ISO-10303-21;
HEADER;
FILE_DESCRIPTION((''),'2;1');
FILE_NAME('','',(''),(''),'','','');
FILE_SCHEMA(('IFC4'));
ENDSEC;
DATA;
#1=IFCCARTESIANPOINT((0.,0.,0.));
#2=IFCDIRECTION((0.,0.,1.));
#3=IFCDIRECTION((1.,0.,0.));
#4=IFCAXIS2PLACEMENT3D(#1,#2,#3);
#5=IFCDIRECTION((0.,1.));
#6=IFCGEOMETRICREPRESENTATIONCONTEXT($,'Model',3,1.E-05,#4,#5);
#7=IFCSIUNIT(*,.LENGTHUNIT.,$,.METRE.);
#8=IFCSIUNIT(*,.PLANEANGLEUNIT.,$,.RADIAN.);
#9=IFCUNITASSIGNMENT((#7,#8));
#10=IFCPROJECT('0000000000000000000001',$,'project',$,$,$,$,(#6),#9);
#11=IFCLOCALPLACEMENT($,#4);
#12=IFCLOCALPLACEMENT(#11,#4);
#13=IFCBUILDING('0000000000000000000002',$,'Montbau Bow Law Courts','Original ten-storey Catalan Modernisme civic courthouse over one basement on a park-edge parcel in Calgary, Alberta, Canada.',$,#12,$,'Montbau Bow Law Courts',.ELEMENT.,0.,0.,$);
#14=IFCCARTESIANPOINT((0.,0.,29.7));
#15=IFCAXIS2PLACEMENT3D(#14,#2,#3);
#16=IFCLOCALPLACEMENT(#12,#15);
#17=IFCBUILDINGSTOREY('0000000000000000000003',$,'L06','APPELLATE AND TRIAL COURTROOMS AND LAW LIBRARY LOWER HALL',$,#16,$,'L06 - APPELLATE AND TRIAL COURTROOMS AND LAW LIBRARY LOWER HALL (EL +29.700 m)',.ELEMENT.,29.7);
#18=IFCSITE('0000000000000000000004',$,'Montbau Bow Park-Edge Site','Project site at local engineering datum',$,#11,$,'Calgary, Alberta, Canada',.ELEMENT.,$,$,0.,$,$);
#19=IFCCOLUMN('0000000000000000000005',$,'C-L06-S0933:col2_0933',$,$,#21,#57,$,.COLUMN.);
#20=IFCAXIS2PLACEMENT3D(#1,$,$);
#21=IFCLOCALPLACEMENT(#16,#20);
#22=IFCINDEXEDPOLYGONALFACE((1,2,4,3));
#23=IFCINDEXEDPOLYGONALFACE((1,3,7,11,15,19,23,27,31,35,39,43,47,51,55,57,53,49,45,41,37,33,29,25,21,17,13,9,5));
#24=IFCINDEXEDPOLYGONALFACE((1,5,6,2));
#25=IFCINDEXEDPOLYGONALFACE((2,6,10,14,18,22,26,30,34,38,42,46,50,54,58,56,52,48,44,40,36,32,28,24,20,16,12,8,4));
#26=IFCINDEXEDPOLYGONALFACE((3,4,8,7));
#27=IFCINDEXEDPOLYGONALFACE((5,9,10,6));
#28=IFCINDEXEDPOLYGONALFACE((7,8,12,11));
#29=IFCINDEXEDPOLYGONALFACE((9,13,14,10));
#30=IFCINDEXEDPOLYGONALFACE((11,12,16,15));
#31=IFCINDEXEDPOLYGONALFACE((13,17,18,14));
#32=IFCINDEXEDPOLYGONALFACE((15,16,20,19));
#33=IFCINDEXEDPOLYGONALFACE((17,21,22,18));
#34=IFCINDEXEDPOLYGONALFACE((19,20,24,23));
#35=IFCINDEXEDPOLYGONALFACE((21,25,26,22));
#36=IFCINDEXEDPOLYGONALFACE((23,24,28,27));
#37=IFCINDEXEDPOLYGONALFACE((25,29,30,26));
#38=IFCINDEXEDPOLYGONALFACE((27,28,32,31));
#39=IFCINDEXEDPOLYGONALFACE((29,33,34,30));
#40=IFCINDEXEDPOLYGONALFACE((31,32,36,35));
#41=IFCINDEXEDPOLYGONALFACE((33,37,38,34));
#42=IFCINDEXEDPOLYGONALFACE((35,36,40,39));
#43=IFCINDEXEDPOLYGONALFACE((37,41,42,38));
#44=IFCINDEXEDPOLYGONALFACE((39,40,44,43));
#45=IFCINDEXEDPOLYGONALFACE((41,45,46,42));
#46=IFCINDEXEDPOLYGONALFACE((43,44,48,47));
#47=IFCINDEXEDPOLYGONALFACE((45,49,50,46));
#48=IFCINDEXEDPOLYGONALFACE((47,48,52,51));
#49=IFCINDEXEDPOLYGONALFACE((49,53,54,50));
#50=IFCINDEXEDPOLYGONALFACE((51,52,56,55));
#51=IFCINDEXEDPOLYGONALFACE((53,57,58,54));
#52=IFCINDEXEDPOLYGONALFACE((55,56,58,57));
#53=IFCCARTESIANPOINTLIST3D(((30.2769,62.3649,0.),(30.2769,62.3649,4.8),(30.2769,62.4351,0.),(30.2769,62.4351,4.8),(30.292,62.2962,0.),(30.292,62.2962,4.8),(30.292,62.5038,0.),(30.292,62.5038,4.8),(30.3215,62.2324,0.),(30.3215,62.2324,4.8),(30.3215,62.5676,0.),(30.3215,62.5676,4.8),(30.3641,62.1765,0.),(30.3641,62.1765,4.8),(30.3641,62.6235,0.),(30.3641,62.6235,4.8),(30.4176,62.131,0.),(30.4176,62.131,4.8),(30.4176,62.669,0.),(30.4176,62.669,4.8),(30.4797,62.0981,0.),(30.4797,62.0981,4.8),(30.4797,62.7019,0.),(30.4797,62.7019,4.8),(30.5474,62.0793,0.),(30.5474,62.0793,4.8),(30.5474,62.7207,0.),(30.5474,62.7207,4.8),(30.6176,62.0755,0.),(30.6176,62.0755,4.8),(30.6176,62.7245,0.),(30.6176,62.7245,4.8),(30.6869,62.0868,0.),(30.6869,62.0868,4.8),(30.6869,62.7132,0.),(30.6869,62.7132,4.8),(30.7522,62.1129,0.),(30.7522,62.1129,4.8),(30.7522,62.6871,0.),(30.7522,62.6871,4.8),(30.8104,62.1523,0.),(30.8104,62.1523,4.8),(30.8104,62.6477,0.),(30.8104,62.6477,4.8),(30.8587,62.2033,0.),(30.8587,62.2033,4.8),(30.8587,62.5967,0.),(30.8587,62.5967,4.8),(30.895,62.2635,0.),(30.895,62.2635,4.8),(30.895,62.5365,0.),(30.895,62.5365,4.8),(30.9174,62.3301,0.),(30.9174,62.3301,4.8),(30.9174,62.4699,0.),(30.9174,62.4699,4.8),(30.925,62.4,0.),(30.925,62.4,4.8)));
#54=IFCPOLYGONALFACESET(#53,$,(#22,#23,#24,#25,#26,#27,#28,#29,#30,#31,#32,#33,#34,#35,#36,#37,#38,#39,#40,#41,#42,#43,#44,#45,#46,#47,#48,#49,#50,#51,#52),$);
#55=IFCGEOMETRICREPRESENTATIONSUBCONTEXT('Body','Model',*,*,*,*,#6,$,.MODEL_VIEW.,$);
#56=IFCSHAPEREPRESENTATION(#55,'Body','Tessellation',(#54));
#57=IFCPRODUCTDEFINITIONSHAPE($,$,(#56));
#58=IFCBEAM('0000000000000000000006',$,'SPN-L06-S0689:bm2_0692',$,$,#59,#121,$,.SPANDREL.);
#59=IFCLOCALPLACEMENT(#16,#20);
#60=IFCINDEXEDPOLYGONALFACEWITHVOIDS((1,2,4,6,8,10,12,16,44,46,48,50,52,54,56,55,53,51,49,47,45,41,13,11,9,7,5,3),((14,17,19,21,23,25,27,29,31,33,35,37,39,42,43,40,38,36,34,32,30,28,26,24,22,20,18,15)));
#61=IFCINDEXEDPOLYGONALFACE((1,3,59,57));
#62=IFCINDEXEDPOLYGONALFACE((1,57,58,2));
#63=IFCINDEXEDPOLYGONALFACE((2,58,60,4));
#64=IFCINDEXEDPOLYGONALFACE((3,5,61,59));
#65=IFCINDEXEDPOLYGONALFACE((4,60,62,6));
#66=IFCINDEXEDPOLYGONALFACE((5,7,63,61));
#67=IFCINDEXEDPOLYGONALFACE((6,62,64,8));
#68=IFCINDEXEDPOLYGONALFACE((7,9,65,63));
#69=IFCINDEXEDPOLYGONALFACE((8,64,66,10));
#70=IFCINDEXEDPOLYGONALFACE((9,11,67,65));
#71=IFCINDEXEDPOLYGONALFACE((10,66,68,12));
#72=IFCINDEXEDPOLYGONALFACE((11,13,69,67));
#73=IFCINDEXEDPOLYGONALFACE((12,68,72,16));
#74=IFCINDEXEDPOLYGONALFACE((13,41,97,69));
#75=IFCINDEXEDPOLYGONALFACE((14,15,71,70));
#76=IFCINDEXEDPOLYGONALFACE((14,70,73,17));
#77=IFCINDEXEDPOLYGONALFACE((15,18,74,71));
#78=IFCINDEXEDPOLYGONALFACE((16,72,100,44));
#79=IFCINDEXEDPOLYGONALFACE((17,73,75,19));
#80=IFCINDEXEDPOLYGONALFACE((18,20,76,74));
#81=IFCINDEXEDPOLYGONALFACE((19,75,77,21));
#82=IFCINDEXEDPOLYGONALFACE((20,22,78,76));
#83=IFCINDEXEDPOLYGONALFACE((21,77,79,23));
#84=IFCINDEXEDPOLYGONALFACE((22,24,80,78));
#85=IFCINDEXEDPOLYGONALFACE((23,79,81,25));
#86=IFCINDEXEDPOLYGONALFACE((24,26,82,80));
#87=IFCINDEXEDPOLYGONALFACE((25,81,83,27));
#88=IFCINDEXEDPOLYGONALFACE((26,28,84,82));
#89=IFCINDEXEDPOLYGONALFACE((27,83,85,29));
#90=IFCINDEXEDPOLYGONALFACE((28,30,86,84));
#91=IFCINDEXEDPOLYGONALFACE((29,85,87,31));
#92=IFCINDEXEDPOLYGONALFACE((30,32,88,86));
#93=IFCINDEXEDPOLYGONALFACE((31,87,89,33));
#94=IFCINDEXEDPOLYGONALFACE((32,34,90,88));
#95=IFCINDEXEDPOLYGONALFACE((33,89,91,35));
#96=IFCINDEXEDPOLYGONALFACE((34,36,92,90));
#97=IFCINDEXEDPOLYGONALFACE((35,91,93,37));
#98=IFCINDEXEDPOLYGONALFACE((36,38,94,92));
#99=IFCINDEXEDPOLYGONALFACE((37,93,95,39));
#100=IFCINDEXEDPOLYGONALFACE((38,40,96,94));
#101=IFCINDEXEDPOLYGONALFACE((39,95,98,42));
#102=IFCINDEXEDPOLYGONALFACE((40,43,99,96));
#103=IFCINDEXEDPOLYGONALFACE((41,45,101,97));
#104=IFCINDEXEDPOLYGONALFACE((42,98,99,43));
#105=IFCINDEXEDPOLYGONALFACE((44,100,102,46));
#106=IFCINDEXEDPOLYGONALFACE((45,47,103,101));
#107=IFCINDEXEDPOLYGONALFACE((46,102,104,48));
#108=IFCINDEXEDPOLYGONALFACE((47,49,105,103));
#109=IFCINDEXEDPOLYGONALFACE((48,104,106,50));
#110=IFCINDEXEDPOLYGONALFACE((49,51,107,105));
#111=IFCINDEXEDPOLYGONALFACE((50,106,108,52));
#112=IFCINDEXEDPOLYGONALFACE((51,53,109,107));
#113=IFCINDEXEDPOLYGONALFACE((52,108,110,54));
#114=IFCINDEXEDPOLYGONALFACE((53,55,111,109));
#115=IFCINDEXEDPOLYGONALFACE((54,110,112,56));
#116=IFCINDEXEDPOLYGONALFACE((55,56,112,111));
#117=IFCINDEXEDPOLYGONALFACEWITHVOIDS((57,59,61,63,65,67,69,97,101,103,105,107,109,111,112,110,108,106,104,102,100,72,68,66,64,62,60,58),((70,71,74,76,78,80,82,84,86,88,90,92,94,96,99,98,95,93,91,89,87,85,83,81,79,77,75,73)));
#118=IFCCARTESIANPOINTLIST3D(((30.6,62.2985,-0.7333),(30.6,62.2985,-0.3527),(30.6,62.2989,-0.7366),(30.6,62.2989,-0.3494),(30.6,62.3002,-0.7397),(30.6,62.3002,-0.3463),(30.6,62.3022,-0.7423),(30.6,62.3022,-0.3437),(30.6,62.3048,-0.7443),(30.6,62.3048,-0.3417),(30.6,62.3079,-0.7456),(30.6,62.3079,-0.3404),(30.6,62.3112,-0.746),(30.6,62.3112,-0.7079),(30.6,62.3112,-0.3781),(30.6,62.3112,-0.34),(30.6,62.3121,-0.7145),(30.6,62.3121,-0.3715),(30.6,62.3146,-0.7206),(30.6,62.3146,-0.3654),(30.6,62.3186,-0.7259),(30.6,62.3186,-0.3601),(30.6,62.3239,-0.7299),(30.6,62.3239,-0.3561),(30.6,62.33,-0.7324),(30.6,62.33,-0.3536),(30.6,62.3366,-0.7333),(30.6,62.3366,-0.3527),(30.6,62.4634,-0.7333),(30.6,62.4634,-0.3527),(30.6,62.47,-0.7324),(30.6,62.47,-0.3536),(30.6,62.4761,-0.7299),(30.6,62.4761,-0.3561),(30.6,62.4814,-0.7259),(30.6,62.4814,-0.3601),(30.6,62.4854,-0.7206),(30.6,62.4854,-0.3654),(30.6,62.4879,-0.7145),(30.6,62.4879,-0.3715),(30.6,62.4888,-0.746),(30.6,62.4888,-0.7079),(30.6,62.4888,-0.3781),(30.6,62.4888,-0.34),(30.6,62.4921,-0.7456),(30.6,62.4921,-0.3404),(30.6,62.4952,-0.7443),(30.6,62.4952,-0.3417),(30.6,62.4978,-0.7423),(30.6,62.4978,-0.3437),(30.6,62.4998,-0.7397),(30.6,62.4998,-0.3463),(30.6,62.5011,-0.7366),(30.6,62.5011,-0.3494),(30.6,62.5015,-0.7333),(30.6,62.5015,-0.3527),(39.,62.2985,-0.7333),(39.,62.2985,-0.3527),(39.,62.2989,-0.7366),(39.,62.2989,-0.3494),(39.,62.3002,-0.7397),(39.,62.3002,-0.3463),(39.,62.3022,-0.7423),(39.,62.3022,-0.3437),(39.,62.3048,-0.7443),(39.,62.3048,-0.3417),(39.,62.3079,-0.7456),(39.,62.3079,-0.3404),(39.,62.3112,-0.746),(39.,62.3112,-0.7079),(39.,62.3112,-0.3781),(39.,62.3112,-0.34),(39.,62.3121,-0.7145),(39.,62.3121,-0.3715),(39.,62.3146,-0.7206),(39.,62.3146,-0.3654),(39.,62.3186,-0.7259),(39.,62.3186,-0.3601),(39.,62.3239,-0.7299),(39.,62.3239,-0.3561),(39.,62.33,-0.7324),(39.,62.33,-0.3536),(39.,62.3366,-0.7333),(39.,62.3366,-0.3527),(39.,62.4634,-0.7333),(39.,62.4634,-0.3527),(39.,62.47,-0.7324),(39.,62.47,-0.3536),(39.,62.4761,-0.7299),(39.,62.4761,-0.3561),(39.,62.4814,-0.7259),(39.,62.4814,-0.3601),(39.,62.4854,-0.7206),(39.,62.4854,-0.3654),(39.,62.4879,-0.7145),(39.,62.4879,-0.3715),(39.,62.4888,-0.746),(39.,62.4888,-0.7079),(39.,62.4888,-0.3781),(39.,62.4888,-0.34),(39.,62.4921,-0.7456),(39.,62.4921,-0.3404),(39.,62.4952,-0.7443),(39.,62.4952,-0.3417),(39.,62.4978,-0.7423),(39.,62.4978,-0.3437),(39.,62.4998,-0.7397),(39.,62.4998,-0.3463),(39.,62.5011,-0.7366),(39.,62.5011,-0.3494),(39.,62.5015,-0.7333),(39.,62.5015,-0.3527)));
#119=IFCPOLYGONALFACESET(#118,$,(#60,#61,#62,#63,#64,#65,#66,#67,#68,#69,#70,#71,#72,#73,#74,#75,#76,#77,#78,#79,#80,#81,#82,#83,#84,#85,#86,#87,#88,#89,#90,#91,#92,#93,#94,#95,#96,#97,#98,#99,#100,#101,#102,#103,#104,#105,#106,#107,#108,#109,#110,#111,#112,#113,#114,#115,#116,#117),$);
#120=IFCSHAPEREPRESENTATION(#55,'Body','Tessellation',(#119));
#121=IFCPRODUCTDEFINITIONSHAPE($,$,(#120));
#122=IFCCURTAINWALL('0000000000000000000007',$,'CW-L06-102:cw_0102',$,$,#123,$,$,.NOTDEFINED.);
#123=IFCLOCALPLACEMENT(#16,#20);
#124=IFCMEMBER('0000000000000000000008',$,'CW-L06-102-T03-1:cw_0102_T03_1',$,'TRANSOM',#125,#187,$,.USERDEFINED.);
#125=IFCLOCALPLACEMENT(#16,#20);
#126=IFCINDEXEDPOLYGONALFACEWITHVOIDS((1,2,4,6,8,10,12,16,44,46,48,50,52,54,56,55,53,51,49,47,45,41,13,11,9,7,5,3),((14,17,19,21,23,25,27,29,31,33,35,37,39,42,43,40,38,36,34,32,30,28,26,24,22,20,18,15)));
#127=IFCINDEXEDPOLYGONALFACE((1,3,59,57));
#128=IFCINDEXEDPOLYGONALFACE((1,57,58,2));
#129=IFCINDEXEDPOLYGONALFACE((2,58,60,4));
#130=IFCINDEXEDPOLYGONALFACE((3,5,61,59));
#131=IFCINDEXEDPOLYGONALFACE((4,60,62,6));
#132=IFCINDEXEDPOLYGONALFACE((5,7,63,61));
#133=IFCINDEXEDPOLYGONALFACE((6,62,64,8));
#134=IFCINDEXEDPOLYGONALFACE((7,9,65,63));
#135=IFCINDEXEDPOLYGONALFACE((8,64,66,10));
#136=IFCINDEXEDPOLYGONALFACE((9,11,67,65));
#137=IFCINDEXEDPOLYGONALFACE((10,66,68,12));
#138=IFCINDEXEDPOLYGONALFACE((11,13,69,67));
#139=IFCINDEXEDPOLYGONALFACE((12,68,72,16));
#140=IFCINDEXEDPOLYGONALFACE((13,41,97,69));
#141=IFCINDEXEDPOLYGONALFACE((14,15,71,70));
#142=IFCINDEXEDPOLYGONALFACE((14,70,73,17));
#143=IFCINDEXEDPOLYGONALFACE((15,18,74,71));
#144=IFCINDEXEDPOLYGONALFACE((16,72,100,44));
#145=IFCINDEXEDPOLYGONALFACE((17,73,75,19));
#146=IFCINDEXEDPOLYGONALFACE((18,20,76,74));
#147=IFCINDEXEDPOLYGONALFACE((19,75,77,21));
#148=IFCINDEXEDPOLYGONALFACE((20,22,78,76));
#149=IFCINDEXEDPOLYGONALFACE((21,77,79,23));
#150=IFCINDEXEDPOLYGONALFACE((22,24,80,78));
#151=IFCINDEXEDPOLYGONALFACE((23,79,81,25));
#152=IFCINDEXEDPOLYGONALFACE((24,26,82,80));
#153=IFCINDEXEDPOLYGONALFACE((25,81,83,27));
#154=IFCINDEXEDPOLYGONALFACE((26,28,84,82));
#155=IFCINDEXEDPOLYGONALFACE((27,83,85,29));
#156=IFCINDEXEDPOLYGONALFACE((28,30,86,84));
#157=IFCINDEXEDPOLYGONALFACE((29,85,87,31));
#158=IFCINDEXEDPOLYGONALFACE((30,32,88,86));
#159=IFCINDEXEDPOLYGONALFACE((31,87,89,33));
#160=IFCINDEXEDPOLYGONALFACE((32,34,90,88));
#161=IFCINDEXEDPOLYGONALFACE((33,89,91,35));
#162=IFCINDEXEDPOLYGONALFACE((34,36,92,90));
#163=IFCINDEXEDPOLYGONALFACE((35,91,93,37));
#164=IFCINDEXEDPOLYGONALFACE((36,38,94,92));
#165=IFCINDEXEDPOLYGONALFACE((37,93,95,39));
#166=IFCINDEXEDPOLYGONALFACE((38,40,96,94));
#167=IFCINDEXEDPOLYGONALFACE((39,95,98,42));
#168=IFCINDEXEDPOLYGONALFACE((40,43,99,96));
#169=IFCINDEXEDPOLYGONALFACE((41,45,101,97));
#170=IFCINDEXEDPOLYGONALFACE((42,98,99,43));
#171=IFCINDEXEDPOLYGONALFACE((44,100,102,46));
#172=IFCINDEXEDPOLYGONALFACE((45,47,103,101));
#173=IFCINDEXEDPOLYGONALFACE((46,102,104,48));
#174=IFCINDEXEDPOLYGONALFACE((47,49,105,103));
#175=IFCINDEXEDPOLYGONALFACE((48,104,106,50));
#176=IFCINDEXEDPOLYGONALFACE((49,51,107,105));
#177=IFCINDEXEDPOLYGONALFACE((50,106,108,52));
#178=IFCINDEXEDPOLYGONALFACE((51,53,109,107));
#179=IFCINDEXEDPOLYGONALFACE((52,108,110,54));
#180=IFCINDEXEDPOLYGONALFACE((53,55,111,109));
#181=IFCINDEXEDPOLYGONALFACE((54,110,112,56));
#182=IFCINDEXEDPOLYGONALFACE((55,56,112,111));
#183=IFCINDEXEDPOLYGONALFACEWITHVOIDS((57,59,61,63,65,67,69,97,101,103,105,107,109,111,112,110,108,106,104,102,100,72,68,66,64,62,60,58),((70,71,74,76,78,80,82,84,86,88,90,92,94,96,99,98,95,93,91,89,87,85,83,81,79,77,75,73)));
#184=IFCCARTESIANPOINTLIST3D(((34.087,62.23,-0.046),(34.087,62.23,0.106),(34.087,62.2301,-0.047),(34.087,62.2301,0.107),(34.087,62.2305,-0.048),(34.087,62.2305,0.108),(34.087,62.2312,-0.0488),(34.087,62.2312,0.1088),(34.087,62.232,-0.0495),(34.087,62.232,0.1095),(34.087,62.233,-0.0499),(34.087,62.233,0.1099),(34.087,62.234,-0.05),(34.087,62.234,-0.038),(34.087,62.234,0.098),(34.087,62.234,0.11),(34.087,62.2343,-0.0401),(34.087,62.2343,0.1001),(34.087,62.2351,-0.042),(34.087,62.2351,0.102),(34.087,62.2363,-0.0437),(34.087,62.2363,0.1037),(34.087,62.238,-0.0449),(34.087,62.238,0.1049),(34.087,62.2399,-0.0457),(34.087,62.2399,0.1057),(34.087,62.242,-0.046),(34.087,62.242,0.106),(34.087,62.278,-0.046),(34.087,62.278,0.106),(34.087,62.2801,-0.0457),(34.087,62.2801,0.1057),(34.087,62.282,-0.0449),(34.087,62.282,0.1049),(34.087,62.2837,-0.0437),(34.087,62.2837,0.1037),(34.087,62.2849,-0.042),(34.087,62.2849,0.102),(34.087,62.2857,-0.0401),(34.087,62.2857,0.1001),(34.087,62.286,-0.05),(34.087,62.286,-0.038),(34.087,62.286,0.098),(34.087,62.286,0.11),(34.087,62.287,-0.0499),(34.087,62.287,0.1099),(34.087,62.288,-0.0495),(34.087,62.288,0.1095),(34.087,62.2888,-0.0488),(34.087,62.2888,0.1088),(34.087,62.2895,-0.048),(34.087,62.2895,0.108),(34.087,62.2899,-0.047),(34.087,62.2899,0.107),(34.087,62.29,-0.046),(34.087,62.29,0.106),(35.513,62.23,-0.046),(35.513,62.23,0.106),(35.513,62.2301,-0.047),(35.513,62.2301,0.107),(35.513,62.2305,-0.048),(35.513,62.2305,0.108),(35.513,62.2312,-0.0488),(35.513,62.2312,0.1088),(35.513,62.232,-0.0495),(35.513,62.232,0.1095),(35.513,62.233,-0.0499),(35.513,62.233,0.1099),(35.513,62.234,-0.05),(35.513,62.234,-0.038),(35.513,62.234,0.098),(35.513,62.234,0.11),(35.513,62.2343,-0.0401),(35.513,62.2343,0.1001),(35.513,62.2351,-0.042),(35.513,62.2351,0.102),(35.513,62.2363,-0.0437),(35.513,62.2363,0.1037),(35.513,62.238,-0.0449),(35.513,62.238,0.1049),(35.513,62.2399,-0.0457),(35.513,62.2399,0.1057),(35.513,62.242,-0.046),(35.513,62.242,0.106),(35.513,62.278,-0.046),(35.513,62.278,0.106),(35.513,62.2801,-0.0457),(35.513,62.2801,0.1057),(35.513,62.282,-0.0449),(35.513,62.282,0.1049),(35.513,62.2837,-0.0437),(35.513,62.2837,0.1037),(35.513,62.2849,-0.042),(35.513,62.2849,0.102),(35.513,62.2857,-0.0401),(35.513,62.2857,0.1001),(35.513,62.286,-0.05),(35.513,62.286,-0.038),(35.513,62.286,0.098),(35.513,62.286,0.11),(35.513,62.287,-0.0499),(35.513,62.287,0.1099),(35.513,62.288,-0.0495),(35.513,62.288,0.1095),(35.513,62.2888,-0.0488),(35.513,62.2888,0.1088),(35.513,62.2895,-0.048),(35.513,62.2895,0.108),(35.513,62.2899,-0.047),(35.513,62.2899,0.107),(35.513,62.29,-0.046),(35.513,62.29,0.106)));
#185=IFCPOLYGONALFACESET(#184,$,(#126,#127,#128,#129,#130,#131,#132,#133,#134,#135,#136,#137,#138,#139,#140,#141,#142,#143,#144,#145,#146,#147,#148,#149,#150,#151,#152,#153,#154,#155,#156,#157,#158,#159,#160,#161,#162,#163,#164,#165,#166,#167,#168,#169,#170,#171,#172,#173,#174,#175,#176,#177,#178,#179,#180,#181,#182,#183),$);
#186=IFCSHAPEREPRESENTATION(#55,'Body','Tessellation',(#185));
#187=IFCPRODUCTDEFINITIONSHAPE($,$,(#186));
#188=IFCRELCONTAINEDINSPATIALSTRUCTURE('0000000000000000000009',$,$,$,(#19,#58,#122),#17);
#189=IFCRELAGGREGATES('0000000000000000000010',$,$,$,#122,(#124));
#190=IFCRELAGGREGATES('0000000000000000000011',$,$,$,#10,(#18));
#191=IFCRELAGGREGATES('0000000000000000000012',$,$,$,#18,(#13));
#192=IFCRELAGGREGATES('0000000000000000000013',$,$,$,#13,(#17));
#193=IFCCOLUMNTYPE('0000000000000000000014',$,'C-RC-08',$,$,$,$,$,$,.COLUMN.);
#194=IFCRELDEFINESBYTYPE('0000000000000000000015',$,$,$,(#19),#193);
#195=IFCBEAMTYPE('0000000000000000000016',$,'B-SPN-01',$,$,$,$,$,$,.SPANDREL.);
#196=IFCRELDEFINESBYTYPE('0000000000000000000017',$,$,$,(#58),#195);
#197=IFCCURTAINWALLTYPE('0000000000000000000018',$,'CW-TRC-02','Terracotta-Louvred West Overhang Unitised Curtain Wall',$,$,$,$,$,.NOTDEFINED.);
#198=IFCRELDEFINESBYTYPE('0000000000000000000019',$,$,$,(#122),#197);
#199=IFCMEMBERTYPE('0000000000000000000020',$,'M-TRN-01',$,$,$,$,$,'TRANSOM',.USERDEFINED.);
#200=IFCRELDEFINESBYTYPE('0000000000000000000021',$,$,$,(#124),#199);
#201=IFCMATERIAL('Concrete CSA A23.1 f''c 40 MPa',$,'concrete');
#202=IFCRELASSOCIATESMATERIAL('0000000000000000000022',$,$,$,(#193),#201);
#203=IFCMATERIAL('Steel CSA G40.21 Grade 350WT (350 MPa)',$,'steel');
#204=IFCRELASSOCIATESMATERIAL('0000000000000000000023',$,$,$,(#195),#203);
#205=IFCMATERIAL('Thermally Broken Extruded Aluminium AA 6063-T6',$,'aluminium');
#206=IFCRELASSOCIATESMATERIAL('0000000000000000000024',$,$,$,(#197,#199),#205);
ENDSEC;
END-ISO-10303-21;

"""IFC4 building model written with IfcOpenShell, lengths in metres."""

from ifc_helpers import new_model, si_unit, direction, frame, origin_with_axes, origin_2d_with_axis, place, context, subcontext, project, spatial, hollow_rectangle, circle, extrude, material, material_profile, profile_set, type_object, element, aggregate, save


model = new_model("IFC4")

# Units and contexts
model_context = context("Model", 3, precision=1e-05, world=origin_with_axes(), true_north=direction((0.0, 1.0)))
body_context = subcontext(model_context, "Body", "Model", "MODEL_VIEW")
ifc_project = project(units=[si_unit("LENGTHUNIT", "METRE"), si_unit("PLANEANGLEUNIT", "RADIAN")], contexts=[model_context])

# Site, building, storey
site_placement = place(None, origin_with_axes())
site = spatial("IfcSite", under=ifc_project, at=site_placement, Name="Montbau Bow Park-Edge Site", Description="Project site at local engineering datum", LongName="Calgary, Alberta, Canada", CompositionType="ELEMENT", RefElevation=0.0)
building_placement = place(site_placement, origin_with_axes())
building = spatial("IfcBuilding", under=site, at=building_placement, Name="Montbau Bow Law Courts", Description="Original ten-storey Catalan Modernisme civic courthouse over one basement on a park-edge parcel in Calgary, Alberta, Canada.", LongName="Montbau Bow Law Courts", CompositionType="ELEMENT", ElevationOfRefHeight=0.0, ElevationOfTerrain=0.0)
storey_placement = place(building_placement, frame((0.0, 0.0, 29.7), z_axis=(0.0, 0.0, 1.0), x_axis=(1.0, 0.0, 0.0)))
storey = spatial("IfcBuildingStorey", under=building, at=storey_placement, Name="L06", Description="APPELLATE AND TRIAL COURTROOMS AND LAW LIBRARY LOWER HALL", LongName="L06 - APPELLATE AND TRIAL COURTROOMS AND LAW LIBRARY LOWER HALL (EL +29.700 m)", CompositionType="ELEMENT", Elevation=29.7)

# Column
ifc_material_1 = material(Name="Concrete CSA A23.1 f'c 40 MPa", Category="concrete")
ifc_material_profile_1 = material_profile(ifc_material_1, circle(Radius=0.325, at=origin_2d_with_axis()), Name="RC650D", Category="Main", Priority=0)
ifc_profile_set_1 = profile_set([ifc_material_profile_1], Name="Concrete CSA A23.1 f'c 40 MPa")
column_type = type_object("IfcColumnType", Name="C-RC-08", PredefinedType="COLUMN", material=ifc_profile_set_1)
column_placement = place(None, frame((30.6, 62.4, 29.7), z_axis=(0.0, 0.0, 1.0), x_axis=(1.0, 0.0, 0.0)))
element("IfcColumn", 1, at=column_placement, inside=storey, type_object=column_type, Name="C-L06-S0933:col2_0933", PredefinedType="COLUMN", context=body_context, shape_type="SweptSolid", body=[
    extrude(circle(Radius=0.325, at=origin_2d_with_axis()), origin_with_axes(), (0.0, 0.0, 1.0), 4.8),
])

# Beam
ifc_material_2 = material(Name="Steel CSA G40.21 Grade 350WT (350 MPa)", Category="steel")
ifc_material_profile_2 = material_profile(ifc_material_2, hollow_rectangle(XDim=0.203, YDim=0.406, WallThickness=0.0127, InnerFilletRadius=0.0254, OuterFilletRadius=0.0127, at=origin_2d_with_axis()), Name="HSS406X203X13", Category="Main", Priority=0)
ifc_profile_set_2 = profile_set([ifc_material_profile_2], Name="Steel CSA G40.21 Grade 350WT (350 MPa)")
beam_type = type_object("IfcBeamType", Name="B-SPN-01", PredefinedType="SPANDREL", material=ifc_profile_set_2)
beam_placement = place(None, frame((30.6, 62.4, 29.157), z_axis=(1.0, 0.0, 0.0), x_axis=(0.0, 1.0, 0.0)))
element("IfcBeam", 2, at=beam_placement, inside=storey, type_object=beam_type, Name="SPN-L06-S0689:bm2_0692", PredefinedType="SPANDREL", context=body_context, shape_type="SweptSolid", body=[
    extrude(hollow_rectangle(XDim=0.203, YDim=0.406, WallThickness=0.0127, InnerFilletRadius=0.0254, OuterFilletRadius=0.0127, at=origin_2d_with_axis()), origin_with_axes(), (0.0, 0.0, 1.0), 8.4),
])

# Curtain wall, member
ifc_material_3 = material(Name="Thermally Broken Extruded Aluminium AA 6063-T6", Category="aluminium")
curtain_wall_type = type_object("IfcCurtainWallType", Name="CW-TRC-02", Description="Terracotta-Louvred West Overhang Unitised Curtain Wall", PredefinedType="NOTDEFINED", material=ifc_material_3)
curtain_wall_placement = place(None, frame((31.04, 62.26, 29.7), z_axis=(0.0, 0.0, 1.0), x_axis=(1.0, 0.0, 0.0)))
curtain_wall = element("IfcCurtainWall", 3, at=curtain_wall_placement, inside=storey, type_object=curtain_wall_type, Name="CW-L06-102:cw_0102", PredefinedType="NOTDEFINED")
ifc_material_profile_3 = material_profile(ifc_material_3, hollow_rectangle(XDim=0.06, YDim=0.16, WallThickness=0.004, InnerFilletRadius=0.008, OuterFilletRadius=0.004, at=origin_2d_with_axis()), Name="CWT-160X60", Category="Main", Priority=0)
ifc_profile_set_3 = profile_set([ifc_material_profile_3], Name="Thermally Broken Extruded Aluminium AA 6063-T6")
member_type = type_object("IfcMemberType", Name="M-TRN-01", ElementType="TRANSOM", PredefinedType="USERDEFINED", material=ifc_profile_set_3)
member_1_placement = place(None, frame((34.087, 62.26, 29.73), z_axis=(1.0, 0.0, 0.0), x_axis=(0.0, 1.0, 0.0)))
member_1 = element("IfcMember", 4, at=member_1_placement, type_object=member_type, Name="CW-L06-102-T03-1:cw_0102_T03_1", ObjectType="TRANSOM", PredefinedType="USERDEFINED", context=body_context, shape_type="SweptSolid", body=[
    extrude(hollow_rectangle(XDim=0.06, YDim=0.16, WallThickness=0.004, InnerFilletRadius=0.008, OuterFilletRadius=0.004, at=origin_2d_with_axis()), origin_with_axes(), (0.0, 0.0, 1.0), 1.426),
])
aggregate(curtain_wall, [member_1])

save(model, "model.ifc")
